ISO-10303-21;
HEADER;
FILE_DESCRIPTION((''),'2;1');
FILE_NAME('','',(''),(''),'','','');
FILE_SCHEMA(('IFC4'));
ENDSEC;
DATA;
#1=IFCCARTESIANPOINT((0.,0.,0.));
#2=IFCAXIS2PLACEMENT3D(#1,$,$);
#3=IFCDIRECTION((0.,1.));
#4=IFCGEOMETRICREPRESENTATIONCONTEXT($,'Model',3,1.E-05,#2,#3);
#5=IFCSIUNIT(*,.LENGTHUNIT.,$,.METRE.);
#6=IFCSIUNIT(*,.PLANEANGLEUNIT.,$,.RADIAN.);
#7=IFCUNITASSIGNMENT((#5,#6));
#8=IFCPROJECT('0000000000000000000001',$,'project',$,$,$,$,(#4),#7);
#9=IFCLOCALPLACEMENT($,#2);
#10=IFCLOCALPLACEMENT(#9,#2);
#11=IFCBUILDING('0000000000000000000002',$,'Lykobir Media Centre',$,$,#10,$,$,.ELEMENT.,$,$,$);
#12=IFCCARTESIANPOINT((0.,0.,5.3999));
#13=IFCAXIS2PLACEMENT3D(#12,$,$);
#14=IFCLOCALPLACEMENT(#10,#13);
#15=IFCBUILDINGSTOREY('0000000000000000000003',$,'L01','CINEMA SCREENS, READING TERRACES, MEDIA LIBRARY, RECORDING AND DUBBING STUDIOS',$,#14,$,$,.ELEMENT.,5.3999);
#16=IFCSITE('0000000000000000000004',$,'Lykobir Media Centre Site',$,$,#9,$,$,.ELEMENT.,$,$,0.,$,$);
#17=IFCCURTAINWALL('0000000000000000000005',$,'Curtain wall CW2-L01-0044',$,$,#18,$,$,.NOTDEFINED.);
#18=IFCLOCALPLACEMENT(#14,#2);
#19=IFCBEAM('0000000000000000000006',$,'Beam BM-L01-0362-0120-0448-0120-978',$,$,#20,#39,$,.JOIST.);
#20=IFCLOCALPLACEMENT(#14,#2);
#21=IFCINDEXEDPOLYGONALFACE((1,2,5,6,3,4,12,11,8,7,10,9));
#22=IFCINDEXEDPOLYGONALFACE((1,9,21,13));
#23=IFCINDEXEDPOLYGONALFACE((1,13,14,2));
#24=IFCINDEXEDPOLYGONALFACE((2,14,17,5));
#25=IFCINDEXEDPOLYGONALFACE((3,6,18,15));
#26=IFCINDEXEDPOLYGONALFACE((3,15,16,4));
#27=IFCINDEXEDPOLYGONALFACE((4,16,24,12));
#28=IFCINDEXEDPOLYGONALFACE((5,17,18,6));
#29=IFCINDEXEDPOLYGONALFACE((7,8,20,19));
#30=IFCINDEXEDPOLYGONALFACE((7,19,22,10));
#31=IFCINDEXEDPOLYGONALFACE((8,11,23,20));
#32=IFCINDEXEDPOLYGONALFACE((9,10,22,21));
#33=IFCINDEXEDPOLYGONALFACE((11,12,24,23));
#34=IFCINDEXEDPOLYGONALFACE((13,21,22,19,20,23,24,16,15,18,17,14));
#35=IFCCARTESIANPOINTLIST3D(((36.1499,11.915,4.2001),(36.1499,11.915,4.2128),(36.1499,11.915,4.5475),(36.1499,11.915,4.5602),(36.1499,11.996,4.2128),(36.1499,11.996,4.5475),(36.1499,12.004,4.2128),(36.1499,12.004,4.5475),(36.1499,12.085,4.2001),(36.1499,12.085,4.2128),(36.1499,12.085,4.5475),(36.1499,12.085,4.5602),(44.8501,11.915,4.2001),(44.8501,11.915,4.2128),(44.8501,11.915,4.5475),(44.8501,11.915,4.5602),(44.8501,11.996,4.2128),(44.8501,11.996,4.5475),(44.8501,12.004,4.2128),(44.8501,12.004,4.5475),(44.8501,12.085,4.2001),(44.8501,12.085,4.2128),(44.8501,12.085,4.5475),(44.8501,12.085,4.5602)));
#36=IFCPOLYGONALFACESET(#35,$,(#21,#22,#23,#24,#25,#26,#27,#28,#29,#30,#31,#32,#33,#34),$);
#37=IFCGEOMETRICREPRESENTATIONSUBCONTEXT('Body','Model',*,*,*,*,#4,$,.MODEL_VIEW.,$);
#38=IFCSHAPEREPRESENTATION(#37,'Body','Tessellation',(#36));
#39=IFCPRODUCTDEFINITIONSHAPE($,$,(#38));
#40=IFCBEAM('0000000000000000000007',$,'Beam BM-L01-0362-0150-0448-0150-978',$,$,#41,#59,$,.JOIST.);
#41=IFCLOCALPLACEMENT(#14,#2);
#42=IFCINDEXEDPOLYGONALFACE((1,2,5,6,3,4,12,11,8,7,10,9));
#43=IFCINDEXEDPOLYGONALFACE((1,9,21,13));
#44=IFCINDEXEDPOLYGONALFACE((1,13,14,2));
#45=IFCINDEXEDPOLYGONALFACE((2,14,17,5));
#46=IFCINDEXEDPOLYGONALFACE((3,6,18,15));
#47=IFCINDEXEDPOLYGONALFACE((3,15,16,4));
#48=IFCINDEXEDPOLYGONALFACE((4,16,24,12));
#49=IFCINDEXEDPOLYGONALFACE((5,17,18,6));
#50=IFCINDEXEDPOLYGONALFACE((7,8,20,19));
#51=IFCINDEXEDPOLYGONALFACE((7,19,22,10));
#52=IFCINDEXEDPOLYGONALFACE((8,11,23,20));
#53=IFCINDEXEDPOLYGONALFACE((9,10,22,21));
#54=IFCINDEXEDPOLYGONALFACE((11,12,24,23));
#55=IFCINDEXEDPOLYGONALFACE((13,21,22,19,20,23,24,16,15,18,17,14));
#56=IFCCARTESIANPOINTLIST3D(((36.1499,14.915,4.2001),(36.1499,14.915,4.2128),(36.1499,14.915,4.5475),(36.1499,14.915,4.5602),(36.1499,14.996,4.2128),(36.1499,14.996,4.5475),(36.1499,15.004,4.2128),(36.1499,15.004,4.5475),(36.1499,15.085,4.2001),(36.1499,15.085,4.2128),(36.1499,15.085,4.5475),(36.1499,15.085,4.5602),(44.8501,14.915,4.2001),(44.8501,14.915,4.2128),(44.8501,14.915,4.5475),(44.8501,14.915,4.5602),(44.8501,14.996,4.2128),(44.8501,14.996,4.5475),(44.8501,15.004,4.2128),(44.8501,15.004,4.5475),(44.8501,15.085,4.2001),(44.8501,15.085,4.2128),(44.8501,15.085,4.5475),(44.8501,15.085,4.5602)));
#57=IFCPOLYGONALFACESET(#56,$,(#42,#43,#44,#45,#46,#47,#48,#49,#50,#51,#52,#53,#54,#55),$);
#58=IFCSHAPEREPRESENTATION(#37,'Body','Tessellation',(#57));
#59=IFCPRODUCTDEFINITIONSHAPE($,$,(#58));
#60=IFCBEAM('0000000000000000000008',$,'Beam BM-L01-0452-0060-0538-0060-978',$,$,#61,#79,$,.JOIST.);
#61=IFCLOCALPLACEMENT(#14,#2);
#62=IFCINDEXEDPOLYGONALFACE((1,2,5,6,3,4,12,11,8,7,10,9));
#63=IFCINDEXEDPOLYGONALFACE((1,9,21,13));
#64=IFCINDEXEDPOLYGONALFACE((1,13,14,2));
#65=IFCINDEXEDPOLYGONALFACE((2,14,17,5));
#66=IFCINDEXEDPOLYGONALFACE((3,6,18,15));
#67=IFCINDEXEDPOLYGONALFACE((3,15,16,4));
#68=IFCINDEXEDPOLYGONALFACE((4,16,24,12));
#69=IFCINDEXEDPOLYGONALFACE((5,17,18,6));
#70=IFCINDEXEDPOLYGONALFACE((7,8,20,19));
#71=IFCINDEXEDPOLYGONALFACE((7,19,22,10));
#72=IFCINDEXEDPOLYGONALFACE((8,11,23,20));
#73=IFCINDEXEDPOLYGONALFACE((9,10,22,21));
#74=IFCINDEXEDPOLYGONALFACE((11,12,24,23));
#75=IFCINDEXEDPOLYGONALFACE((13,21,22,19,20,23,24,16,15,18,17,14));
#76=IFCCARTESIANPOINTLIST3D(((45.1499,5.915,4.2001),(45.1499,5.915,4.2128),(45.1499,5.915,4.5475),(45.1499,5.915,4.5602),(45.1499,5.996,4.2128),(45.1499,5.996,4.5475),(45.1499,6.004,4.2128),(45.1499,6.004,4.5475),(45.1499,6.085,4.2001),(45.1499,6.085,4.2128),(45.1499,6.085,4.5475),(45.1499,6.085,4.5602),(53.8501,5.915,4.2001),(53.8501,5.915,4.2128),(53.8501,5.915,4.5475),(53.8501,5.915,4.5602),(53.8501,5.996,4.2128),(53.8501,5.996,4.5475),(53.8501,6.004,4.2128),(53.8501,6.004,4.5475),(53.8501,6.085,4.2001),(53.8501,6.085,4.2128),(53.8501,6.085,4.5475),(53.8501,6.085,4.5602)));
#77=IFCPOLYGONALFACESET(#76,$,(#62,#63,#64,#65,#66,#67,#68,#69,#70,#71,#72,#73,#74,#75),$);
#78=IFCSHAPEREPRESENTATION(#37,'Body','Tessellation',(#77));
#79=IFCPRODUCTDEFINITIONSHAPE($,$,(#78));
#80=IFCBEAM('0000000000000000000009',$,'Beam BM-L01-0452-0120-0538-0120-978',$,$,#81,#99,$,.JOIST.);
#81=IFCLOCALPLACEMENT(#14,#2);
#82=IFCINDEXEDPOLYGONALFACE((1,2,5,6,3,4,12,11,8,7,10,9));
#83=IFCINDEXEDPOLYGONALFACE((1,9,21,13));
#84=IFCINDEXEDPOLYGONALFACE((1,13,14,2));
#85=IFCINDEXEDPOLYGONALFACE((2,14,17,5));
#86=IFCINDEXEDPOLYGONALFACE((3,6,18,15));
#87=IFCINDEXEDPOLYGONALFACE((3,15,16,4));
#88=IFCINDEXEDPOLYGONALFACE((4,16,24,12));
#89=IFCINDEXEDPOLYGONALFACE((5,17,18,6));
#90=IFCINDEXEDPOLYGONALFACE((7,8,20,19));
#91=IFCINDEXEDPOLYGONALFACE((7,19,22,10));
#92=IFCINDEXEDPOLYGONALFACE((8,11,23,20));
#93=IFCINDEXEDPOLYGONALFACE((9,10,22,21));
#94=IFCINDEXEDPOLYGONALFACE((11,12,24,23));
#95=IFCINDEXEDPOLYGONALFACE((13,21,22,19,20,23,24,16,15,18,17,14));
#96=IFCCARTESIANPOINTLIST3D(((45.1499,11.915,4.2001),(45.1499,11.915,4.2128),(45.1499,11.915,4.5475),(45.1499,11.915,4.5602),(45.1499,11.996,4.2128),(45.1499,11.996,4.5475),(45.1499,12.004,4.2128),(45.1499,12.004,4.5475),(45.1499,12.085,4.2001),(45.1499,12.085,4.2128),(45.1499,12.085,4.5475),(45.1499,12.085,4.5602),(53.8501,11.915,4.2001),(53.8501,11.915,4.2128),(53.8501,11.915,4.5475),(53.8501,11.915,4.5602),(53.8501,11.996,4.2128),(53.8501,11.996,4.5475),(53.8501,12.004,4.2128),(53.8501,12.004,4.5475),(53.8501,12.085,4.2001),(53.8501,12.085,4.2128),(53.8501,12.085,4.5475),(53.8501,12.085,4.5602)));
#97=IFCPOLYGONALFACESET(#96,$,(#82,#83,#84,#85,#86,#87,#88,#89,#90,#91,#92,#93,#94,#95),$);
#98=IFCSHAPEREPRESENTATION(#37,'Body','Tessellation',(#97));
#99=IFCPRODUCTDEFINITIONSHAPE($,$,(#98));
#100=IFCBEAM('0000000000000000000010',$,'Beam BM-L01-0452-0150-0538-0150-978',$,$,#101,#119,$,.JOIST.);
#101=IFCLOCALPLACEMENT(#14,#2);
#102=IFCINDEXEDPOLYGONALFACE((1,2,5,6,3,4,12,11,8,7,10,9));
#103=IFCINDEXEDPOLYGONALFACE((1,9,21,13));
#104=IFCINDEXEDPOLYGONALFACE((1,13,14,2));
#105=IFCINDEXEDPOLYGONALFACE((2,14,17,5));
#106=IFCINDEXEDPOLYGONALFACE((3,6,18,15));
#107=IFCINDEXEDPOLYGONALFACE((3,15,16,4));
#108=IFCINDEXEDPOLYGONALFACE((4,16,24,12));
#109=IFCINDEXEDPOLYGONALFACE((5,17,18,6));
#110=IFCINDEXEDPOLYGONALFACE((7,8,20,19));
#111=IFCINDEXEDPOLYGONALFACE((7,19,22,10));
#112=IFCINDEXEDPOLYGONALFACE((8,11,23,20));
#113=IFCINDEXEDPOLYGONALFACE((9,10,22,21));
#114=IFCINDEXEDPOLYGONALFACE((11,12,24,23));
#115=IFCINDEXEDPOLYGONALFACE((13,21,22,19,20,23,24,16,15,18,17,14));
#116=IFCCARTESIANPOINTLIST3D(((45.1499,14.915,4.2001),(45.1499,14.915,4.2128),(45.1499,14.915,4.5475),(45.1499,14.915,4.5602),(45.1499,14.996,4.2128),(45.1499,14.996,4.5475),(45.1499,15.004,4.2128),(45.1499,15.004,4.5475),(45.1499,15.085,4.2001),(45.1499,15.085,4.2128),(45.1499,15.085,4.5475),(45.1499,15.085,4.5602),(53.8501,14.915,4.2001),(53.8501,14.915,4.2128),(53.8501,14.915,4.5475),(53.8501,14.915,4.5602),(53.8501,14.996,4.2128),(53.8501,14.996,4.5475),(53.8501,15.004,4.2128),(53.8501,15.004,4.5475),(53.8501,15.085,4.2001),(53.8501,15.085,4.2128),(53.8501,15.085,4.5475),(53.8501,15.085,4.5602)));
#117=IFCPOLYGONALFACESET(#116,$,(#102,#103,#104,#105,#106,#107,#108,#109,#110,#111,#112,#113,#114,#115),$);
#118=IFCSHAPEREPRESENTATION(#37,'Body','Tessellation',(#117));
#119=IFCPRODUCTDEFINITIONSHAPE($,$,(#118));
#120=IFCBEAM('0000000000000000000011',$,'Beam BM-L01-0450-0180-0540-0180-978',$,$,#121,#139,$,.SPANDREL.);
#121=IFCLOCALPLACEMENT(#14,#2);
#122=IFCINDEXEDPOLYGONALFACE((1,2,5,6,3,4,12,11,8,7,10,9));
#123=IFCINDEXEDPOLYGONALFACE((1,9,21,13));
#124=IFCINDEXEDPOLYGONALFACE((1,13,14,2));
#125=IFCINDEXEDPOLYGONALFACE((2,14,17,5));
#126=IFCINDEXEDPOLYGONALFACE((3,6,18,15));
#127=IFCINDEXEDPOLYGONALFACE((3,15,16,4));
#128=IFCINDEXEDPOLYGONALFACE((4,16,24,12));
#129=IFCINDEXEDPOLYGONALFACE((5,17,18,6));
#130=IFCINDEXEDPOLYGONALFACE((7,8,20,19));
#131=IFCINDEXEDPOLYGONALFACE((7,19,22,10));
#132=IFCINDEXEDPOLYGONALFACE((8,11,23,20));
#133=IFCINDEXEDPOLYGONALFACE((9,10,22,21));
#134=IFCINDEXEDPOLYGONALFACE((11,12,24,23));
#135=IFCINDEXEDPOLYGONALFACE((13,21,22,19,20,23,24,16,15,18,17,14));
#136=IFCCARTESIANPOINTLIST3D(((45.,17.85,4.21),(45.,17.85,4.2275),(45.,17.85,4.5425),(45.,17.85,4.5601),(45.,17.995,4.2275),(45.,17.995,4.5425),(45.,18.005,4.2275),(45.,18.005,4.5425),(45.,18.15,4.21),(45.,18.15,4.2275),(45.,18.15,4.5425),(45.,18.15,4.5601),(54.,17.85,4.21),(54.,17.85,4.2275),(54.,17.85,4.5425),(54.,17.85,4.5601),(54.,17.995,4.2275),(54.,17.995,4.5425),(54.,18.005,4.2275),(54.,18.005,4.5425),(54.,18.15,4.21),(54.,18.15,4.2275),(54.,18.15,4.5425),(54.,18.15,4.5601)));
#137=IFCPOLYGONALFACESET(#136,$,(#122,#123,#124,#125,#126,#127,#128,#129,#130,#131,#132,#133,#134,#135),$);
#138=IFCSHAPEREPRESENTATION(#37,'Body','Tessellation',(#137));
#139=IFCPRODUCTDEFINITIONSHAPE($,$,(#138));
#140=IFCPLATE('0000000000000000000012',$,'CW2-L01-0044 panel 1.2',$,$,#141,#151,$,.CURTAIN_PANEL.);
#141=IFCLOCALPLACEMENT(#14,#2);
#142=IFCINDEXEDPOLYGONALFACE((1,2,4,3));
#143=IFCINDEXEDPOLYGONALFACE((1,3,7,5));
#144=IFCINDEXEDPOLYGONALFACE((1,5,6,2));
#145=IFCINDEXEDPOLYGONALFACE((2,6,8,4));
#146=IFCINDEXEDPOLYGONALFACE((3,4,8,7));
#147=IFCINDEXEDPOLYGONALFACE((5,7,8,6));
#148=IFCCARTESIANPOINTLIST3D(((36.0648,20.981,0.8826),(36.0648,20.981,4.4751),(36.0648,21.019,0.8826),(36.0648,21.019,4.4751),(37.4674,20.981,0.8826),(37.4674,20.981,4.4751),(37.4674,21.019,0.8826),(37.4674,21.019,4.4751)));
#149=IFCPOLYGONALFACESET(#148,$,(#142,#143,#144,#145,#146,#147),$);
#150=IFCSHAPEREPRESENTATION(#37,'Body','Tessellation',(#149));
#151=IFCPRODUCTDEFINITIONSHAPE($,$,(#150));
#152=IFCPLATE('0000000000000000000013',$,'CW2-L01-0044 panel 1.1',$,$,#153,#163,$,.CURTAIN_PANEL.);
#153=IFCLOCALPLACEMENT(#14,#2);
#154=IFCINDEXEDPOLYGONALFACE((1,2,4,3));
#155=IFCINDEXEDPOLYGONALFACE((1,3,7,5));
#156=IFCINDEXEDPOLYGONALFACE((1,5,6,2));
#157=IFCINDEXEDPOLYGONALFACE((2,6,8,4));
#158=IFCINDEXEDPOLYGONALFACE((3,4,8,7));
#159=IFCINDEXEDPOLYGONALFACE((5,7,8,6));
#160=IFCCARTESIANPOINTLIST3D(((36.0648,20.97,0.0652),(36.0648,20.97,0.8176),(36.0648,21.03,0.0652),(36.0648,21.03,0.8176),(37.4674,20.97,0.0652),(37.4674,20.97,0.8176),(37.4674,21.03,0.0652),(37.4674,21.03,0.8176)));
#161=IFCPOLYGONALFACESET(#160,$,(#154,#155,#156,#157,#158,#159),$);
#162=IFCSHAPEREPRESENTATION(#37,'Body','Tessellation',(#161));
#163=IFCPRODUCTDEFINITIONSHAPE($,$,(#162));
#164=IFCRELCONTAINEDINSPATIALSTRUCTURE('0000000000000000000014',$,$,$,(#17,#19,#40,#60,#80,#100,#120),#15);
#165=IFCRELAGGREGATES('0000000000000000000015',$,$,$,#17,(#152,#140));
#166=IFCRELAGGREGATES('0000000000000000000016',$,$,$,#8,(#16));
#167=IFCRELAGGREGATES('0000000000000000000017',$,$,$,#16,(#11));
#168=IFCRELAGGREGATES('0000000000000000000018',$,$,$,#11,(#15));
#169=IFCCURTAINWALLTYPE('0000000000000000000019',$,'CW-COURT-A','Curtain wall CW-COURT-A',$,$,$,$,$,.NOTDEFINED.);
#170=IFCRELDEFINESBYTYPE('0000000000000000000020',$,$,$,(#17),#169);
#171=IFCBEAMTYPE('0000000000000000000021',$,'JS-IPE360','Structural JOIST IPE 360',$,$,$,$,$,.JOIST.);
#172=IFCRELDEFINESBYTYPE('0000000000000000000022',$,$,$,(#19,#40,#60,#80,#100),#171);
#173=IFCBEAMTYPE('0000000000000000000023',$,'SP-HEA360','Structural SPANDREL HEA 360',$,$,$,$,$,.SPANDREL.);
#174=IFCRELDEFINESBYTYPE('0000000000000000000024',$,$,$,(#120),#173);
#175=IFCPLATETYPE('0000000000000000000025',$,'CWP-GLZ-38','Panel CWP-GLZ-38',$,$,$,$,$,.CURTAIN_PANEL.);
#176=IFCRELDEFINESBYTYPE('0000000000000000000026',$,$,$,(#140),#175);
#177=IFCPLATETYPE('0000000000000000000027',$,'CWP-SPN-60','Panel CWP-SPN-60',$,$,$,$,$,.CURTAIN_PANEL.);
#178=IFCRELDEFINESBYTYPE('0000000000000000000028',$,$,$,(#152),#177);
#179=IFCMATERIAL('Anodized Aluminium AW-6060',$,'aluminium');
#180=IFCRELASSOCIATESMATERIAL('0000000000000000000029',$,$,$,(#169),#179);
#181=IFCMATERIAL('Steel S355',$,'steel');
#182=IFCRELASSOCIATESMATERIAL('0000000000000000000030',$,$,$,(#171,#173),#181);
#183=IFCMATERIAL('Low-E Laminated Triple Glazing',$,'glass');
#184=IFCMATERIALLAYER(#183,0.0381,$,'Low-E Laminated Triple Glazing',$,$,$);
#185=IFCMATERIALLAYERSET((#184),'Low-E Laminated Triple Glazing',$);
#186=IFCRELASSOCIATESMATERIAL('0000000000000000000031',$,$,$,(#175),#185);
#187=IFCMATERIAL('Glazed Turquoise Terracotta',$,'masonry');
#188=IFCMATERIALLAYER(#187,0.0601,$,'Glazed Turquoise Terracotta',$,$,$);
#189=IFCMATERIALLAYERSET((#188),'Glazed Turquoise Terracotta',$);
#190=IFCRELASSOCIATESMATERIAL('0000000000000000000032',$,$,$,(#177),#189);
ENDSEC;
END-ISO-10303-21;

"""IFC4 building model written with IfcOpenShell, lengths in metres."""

from ifc_helpers import new_model, si_unit, direction, frame, origin, origin_2d, place, context, subcontext, project, spatial, rectangle, i_section, extrude, material, layer, layer_set, material_profile, profile_set, type_object, element, aggregate, save


model = new_model("IFC4")

# Units and contexts
model_context = context("Model", 3, precision=1e-05, world=origin(), true_north=direction((0.0, 1.0)))
body_context = subcontext(model_context, "Body", "Model", "MODEL_VIEW")
ifc_project = project(units=[si_unit("LENGTHUNIT", "METRE"), si_unit("PLANEANGLEUNIT", "RADIAN")], contexts=[model_context])

# Site, building, storey
site_placement = place(None, origin())
site = spatial("IfcSite", under=ifc_project, at=site_placement, Name="Lykobir Media Centre Site", CompositionType="ELEMENT", RefElevation=0.0)
building_placement = place(site_placement, origin())
building = spatial("IfcBuilding", under=site, at=building_placement, Name="Lykobir Media Centre", CompositionType="ELEMENT")
storey_placement = place(building_placement, frame((0.0, 0.0, 5.3999)))
storey = spatial("IfcBuildingStorey", under=building, at=storey_placement, Name="L01", Description="CINEMA SCREENS, READING TERRACES, MEDIA LIBRARY, RECORDING AND DUBBING STUDIOS", CompositionType="ELEMENT", Elevation=5.3999)

# Shared definitions
ifc_material_1 = material(Name="Steel S355", Category="steel")

# Curtain wall
ifc_material_2 = material(Name="Anodized Aluminium AW-6060", Category="aluminium")
curtain_wall_type = type_object("IfcCurtainWallType", Name="CW-COURT-A", Description="Curtain wall CW-COURT-A", PredefinedType="NOTDEFINED", material=ifc_material_2)
curtain_wall_placement = place(storey_placement, origin())
curtain_wall = element("IfcCurtainWall", 1, at=curtain_wall_placement, inside=storey, type_object=curtain_wall_type, Name="Curtain wall CW2-L01-0044", PredefinedType="NOTDEFINED")

# Beams
ifc_material_profile_1 = material_profile(ifc_material_1, i_section(OverallWidth=0.1699, OverallDepth=0.3601, WebThickness=0.0081, FlangeThickness=0.0127, at=origin_2d()), Name="IPE 360")
ifc_profile_set_1 = profile_set([ifc_material_profile_1], Name="Steel S355")
beam_type_1 = type_object("IfcBeamType", Name="JS-IPE360", Description="Structural JOIST IPE 360", PredefinedType="JOIST", material=ifc_profile_set_1)
for number, where, z_axis, x_axis, name in (
    (2, (36.1499, 12.0, 4.3801), (1.0, 0.0, 0.0), (0.0, 1.0, 0.0), "Beam BM-L01-0362-0120-0448-0120-978"),
    (3, (36.1499, 15.0, 4.3801), (1.0, 0.0, 0.0), (0.0, 1.0, 0.0), "Beam BM-L01-0362-0150-0448-0150-978"),
    (4, (45.1499, 6.0, 4.3801), (1.0, 0.0, 0.0), (0.0, 1.0, 0.0), "Beam BM-L01-0452-0060-0538-0060-978"),
    (5, (45.1499, 12.0, 4.3801), (1.0, 0.0, 0.0), (0.0, 1.0, 0.0), "Beam BM-L01-0452-0120-0538-0120-978"),
    (6, (45.1499, 15.0, 4.3801), (1.0, 0.0, 0.0), (0.0, 1.0, 0.0), "Beam BM-L01-0452-0150-0538-0150-978"),
):
    element("IfcBeam", number, at=place(storey_placement, frame(where, z_axis=z_axis, x_axis=x_axis)), inside=storey, type_object=beam_type_1, Name=name, PredefinedType="JOIST", context=body_context, shape_type="SweptSolid", body=[
        extrude(i_section(OverallWidth=0.1699, OverallDepth=0.3601, WebThickness=0.0081, FlangeThickness=0.0127, at=origin_2d()), origin(), (0.0, 0.0, 1.0), 8.7002),
    ])
ifc_material_profile_2 = material_profile(ifc_material_1, i_section(OverallWidth=0.3, OverallDepth=0.3501, WebThickness=0.01, FlangeThickness=0.0176, at=origin_2d()), Name="HEA 360")
ifc_profile_set_2 = profile_set([ifc_material_profile_2], Name="Steel S355")
beam_type_2 = type_object("IfcBeamType", Name="SP-HEA360", Description="Structural SPANDREL HEA 360", PredefinedType="SPANDREL", material=ifc_profile_set_2)
beam_1_placement = place(storey_placement, frame((45.0, 18.0, 4.385), z_axis=(1.0, 0.0, 0.0), x_axis=(0.0, 1.0, 0.0)))
element("IfcBeam", 7, at=beam_1_placement, inside=storey, type_object=beam_type_2, Name="Beam BM-L01-0450-0180-0540-0180-978", PredefinedType="SPANDREL", context=body_context, shape_type="SweptSolid", body=[
    extrude(i_section(OverallWidth=0.3, OverallDepth=0.3501, WebThickness=0.01, FlangeThickness=0.0176, at=origin_2d()), origin(), (0.0, 0.0, 1.0), 9.0),
])

# Plates
ifc_material_3 = material(Name="Low-E Laminated Triple Glazing", Category="glass")
ifc_layer_1 = layer(ifc_material_3, 0.0381, Name="Low-E Laminated Triple Glazing")
ifc_layer_set_1 = layer_set([ifc_layer_1], Name="Low-E Laminated Triple Glazing")
plate_type_1 = type_object("IfcPlateType", Name="CWP-GLZ-38", Description="Panel CWP-GLZ-38", PredefinedType="CURTAIN_PANEL", material=ifc_layer_set_1)
plate_1_placement = place(storey_placement, frame((36.7661, 21.0, 0.8826), z_axis=(0.0, 0.0, 1.0), x_axis=(1.0, 0.0, 0.0)))
plate_1 = element("IfcPlate", 8, at=plate_1_placement, type_object=plate_type_1, Name="CW2-L01-0044 panel 1.2", PredefinedType="CURTAIN_PANEL", context=body_context, shape_type="SweptSolid", body=[
    extrude(rectangle(XDim=1.4026, YDim=0.0381, at=origin_2d()), origin(), (0.0, 0.0, 1.0), 3.5925),
])
ifc_material_4 = material(Name="Glazed Turquoise Terracotta", Category="masonry")
ifc_layer_2 = layer(ifc_material_4, 0.0601, Name="Glazed Turquoise Terracotta")
ifc_layer_set_2 = layer_set([ifc_layer_2], Name="Glazed Turquoise Terracotta")
plate_type_2 = type_object("IfcPlateType", Name="CWP-SPN-60", Description="Panel CWP-SPN-60", PredefinedType="CURTAIN_PANEL", material=ifc_layer_set_2)
plate_2_placement = place(storey_placement, frame((36.7661, 21.0, 0.0652), z_axis=(0.0, 0.0, 1.0), x_axis=(1.0, 0.0, 0.0)))
plate_2 = element("IfcPlate", 9, at=plate_2_placement, type_object=plate_type_2, Name="CW2-L01-0044 panel 1.1", PredefinedType="CURTAIN_PANEL", context=body_context, shape_type="SweptSolid", body=[
    extrude(rectangle(XDim=1.4026, YDim=0.0601, at=origin_2d()), origin(), (0.0, 0.0, 1.0), 0.7524),
])
aggregate(curtain_wall, [plate_2, plate_1])

save(model, "model.ifc")
